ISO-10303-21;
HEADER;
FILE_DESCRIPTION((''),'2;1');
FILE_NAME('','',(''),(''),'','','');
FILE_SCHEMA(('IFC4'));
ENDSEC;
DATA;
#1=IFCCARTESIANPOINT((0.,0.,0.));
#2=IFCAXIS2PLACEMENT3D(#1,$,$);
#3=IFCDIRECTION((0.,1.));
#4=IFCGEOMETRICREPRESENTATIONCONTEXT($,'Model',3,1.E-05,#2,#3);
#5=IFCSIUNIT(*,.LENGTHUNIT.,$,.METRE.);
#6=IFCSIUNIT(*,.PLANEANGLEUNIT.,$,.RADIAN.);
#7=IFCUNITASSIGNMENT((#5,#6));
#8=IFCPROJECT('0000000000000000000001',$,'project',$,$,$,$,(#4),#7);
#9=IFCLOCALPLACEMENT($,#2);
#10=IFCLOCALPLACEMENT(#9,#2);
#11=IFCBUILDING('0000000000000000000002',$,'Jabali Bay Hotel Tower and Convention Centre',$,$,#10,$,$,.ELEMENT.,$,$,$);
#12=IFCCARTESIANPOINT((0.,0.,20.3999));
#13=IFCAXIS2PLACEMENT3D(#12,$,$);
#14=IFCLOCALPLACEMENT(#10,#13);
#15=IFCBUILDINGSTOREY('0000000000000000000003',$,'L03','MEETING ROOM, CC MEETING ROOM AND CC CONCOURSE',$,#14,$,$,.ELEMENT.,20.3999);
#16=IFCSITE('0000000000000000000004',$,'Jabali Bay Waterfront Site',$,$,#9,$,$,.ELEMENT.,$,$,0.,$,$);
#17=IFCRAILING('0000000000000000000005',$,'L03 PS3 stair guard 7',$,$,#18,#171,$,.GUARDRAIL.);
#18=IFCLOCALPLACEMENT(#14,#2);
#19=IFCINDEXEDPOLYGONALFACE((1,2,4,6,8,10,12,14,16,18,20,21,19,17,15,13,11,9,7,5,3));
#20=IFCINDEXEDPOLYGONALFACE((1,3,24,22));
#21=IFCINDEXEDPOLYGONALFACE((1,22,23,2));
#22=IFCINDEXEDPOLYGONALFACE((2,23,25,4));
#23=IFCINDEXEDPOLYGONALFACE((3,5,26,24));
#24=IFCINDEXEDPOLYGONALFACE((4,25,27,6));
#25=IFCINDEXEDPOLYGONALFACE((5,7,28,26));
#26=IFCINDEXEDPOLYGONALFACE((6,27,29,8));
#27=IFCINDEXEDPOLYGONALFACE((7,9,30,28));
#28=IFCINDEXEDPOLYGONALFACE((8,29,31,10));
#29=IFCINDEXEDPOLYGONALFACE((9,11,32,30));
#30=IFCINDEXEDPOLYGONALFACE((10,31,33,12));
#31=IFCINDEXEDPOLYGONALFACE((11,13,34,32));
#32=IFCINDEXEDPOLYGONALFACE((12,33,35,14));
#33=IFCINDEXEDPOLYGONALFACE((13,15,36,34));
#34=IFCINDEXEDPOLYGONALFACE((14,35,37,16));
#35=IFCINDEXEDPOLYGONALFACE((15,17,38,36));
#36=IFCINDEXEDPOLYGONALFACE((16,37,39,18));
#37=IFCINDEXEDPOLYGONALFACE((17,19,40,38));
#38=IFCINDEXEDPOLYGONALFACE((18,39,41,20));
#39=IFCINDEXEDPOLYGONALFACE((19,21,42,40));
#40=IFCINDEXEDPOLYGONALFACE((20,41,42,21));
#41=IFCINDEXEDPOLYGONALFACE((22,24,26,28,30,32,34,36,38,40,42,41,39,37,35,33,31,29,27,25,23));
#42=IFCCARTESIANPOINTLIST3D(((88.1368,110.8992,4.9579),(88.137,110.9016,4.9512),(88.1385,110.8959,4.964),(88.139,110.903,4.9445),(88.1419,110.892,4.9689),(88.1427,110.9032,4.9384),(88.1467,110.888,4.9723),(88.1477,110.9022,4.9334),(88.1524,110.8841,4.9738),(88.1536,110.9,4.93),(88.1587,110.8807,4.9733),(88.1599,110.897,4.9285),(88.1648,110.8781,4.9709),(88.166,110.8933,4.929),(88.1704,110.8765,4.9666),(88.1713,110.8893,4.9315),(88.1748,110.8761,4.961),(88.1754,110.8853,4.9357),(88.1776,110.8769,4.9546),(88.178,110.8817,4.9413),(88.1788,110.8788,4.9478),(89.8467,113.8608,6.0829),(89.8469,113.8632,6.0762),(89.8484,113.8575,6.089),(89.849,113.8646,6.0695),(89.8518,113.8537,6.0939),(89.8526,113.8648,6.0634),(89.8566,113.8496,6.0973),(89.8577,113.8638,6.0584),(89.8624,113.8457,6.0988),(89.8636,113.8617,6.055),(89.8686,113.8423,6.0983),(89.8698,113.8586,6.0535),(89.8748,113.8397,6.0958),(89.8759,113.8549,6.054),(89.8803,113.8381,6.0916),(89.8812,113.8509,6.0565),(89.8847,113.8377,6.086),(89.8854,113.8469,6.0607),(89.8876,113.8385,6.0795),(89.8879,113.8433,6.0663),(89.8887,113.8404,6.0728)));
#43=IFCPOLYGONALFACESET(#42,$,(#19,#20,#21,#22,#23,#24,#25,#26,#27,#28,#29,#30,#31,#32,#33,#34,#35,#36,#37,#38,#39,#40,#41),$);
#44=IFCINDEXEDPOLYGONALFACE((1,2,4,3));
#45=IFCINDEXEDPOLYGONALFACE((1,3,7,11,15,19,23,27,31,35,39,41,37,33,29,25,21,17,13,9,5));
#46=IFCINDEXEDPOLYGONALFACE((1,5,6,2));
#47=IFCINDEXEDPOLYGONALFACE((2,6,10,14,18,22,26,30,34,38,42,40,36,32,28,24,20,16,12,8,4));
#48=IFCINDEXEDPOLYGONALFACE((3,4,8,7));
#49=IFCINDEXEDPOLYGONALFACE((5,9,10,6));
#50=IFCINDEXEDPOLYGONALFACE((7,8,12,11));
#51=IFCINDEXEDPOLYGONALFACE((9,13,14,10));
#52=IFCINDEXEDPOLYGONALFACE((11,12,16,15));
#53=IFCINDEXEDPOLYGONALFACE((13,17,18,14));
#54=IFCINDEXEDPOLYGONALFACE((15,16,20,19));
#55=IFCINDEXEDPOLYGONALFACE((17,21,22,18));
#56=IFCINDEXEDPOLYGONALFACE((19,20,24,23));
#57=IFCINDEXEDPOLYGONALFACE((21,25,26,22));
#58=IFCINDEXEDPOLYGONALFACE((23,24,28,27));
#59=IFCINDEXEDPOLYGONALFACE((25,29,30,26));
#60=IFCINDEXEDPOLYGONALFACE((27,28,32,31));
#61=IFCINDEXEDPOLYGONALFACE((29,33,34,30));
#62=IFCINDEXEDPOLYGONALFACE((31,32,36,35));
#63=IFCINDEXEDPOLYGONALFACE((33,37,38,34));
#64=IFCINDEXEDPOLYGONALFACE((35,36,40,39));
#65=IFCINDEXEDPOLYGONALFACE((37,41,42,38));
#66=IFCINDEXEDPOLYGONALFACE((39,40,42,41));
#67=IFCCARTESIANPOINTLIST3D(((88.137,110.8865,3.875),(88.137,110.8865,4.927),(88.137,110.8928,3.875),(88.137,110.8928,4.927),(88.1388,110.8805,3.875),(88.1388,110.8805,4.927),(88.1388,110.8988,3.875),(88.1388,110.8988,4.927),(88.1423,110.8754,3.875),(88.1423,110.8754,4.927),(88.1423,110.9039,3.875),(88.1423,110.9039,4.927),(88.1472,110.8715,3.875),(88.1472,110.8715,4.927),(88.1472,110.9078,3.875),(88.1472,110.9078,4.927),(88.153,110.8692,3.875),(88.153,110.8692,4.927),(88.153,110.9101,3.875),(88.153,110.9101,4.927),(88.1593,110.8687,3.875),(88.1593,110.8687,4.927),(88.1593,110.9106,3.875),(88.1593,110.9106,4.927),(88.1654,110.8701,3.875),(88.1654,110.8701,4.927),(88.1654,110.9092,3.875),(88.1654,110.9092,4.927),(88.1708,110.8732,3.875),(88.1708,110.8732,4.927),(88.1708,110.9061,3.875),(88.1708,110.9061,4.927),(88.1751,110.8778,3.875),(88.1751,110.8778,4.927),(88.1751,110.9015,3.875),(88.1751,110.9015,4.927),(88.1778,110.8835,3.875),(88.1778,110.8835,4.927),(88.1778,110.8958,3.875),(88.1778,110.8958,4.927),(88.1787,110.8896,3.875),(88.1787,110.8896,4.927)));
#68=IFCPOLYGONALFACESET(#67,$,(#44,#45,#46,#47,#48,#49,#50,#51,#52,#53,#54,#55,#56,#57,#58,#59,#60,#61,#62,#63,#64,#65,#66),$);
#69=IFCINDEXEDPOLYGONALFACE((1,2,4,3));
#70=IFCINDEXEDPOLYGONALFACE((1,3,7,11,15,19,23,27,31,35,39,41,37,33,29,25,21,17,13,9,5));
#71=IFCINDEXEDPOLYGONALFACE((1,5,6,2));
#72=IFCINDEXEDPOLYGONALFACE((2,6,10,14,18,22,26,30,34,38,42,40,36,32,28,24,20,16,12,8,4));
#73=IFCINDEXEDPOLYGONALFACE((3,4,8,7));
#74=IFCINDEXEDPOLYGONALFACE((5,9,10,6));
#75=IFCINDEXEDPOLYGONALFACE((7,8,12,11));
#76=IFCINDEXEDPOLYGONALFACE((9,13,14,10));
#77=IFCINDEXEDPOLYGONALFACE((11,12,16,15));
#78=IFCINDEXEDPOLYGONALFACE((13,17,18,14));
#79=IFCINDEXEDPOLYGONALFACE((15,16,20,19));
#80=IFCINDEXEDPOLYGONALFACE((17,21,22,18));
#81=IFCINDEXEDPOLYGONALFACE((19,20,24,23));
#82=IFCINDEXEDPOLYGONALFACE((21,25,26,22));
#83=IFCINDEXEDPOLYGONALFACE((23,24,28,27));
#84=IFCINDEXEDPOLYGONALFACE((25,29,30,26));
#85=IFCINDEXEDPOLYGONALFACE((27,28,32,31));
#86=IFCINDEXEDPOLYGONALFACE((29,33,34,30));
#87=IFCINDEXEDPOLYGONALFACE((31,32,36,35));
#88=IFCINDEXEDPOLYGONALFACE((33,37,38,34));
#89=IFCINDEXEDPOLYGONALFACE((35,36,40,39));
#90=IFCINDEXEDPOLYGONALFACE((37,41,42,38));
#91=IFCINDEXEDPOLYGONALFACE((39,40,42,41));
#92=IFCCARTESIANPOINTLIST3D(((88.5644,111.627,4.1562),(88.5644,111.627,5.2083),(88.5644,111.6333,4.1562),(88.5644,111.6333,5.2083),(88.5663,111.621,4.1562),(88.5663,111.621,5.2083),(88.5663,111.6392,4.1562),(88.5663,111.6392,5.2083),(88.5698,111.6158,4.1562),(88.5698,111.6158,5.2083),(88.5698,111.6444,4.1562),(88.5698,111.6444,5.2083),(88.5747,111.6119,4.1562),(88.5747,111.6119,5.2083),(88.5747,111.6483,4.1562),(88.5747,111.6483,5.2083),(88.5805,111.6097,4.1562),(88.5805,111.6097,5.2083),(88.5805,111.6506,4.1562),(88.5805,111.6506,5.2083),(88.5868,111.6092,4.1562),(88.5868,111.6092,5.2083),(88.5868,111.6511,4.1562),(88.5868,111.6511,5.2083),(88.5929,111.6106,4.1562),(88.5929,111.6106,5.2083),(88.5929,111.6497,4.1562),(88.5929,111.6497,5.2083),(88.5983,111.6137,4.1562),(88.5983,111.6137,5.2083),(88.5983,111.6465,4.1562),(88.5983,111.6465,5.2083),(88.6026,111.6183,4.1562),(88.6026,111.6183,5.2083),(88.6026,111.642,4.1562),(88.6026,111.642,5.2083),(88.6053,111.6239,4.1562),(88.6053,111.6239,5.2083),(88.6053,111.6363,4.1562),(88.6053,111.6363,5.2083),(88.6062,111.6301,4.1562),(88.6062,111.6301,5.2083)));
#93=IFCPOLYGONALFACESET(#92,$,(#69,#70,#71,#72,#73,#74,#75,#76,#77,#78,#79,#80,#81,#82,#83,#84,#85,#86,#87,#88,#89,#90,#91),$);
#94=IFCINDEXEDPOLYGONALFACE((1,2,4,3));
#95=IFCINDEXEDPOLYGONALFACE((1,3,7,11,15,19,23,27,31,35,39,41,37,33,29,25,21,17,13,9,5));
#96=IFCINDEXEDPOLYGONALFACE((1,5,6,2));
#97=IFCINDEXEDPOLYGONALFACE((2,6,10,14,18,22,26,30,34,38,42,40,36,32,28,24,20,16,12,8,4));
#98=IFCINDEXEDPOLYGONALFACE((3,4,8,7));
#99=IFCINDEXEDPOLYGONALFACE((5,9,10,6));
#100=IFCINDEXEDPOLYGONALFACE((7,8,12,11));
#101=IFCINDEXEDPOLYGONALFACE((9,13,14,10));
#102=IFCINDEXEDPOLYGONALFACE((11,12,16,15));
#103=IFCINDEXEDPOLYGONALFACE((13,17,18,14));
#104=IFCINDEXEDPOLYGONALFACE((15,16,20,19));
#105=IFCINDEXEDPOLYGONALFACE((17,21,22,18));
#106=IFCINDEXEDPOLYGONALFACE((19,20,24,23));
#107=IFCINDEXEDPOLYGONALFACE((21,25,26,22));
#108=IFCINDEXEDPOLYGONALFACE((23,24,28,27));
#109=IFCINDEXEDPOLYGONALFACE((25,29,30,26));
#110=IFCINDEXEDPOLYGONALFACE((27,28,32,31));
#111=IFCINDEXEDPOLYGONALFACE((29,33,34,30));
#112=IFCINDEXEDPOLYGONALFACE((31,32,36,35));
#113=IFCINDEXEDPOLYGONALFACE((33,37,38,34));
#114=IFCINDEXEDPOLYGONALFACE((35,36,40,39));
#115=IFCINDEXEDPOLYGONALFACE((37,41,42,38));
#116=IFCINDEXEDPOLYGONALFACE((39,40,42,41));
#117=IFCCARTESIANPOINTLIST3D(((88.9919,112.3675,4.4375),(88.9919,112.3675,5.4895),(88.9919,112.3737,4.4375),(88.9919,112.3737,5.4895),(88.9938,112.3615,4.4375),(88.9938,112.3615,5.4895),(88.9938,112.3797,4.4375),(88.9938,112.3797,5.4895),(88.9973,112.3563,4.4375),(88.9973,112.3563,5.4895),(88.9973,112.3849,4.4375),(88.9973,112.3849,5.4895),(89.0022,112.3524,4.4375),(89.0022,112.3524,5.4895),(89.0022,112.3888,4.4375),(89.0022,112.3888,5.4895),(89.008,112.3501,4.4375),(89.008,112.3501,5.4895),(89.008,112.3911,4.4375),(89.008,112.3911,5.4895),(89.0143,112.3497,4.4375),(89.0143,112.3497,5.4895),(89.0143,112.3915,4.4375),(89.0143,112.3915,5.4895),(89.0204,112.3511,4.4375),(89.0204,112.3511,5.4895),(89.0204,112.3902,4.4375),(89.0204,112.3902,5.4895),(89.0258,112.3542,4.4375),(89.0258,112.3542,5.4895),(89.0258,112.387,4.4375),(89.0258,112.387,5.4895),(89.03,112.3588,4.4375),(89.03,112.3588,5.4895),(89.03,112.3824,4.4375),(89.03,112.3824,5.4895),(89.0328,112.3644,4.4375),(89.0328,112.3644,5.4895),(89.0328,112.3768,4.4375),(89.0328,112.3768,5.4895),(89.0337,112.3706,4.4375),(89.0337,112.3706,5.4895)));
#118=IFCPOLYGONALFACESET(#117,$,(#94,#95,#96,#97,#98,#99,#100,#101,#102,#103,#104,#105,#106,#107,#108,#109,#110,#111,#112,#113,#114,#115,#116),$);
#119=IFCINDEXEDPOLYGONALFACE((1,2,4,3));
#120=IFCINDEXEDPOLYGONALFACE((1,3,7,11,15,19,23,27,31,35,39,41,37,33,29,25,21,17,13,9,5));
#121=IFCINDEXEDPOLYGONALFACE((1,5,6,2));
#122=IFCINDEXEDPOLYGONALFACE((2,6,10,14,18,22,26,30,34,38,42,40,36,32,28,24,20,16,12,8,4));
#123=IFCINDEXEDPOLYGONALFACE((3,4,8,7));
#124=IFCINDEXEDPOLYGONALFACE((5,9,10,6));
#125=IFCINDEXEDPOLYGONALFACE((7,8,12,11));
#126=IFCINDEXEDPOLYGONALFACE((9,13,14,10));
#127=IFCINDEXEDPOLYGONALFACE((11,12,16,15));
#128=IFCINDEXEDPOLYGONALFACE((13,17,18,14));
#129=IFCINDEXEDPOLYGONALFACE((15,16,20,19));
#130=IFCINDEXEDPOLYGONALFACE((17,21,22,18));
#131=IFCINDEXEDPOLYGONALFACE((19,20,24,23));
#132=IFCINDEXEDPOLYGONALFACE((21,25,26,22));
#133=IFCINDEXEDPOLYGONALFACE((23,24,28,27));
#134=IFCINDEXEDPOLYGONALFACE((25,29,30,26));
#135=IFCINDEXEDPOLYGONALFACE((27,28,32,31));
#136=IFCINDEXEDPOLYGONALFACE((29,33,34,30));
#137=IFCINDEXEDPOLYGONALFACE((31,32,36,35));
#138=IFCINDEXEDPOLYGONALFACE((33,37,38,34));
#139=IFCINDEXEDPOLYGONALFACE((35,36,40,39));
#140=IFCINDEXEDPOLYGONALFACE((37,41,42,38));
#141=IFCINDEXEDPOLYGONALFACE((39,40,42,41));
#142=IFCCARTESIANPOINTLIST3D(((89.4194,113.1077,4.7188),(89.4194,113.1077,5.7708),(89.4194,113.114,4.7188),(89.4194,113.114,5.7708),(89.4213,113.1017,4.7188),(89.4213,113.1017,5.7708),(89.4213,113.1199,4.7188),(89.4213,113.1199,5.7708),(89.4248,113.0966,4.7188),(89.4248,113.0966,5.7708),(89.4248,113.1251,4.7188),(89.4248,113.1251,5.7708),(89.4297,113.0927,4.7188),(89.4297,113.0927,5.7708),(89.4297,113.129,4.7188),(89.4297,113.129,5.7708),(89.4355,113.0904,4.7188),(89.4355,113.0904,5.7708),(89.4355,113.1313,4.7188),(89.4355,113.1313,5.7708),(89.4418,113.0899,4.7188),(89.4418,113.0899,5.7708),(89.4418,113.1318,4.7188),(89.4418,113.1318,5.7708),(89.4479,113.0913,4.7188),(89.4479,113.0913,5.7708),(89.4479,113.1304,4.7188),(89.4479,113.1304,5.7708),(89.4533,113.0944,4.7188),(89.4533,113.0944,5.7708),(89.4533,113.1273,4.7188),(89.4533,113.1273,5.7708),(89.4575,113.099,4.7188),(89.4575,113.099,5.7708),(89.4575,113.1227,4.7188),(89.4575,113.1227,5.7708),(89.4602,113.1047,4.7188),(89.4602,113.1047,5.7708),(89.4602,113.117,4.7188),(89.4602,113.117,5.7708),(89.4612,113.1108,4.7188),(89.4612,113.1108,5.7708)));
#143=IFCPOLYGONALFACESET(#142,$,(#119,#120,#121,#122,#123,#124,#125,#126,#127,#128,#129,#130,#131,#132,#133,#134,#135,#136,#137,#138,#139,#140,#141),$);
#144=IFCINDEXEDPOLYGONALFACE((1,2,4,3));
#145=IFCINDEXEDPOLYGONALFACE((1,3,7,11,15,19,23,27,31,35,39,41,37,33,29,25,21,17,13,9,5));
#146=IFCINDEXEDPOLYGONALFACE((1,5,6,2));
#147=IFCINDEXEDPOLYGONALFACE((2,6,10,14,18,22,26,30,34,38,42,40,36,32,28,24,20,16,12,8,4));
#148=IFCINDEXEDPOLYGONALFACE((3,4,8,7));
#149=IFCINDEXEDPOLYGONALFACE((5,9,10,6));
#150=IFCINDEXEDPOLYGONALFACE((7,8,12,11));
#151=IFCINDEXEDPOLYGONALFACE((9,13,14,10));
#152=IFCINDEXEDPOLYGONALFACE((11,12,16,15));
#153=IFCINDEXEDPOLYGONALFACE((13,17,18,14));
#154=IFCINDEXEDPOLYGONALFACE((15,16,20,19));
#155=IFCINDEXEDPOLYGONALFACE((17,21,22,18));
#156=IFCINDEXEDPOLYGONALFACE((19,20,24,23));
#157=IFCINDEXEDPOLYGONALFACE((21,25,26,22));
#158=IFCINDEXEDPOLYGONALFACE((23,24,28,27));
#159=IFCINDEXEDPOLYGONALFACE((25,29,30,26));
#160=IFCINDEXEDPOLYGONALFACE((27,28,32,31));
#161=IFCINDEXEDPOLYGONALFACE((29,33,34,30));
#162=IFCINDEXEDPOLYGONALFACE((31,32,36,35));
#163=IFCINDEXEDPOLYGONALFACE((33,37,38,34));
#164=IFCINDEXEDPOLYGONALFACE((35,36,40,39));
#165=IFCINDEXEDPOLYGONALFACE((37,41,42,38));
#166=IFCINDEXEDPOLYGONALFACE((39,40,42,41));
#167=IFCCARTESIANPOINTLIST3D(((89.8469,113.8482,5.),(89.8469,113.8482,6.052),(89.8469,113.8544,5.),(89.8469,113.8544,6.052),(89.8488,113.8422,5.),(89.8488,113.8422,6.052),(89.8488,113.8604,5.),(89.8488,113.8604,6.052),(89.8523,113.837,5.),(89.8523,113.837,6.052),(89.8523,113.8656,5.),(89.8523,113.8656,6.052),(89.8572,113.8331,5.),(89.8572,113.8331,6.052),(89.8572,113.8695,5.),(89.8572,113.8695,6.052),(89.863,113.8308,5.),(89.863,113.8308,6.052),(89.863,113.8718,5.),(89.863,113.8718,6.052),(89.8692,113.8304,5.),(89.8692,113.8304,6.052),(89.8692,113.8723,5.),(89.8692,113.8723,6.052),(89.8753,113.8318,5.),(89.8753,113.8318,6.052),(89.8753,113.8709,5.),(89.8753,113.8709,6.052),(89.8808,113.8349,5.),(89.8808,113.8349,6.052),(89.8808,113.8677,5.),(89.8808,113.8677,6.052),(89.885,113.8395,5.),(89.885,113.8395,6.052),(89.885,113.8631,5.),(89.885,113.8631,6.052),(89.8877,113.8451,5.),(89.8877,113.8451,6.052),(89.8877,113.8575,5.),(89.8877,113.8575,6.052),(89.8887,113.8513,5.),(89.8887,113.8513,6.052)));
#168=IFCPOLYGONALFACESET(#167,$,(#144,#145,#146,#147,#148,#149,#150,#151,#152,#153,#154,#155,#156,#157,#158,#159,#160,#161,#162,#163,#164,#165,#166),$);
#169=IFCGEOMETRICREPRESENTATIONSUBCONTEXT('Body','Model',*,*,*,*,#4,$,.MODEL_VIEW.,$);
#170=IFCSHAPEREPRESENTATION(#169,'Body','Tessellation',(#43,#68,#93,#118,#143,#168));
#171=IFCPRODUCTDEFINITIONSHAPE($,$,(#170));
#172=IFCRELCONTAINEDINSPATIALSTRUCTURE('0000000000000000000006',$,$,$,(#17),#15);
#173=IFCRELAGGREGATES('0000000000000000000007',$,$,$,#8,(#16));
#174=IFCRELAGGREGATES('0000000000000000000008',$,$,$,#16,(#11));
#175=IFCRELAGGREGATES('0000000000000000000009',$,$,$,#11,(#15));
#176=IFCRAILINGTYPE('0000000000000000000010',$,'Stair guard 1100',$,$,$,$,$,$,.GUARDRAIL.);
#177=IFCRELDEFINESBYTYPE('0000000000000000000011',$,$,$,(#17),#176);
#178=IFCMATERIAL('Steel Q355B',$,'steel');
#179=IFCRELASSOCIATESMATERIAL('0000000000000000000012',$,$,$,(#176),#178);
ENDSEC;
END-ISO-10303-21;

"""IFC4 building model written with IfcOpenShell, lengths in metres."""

from ifc_helpers import new_model, si_unit, direction, frame, origin, origin_2d, place, context, subcontext, project, spatial, circle, extrude, material, type_object, element, save


model = new_model("IFC4")

# Units and contexts
model_context = context("Model", 3, precision=1e-05, world=origin(), true_north=direction((0.0, 1.0)))
body_context = subcontext(model_context, "Body", "Model", "MODEL_VIEW")
ifc_project = project(units=[si_unit("LENGTHUNIT", "METRE"), si_unit("PLANEANGLEUNIT", "RADIAN")], contexts=[model_context])

# Site, building, storey
site_placement = place(None, origin())
site = spatial("IfcSite", under=ifc_project, at=site_placement, Name="Jabali Bay Waterfront Site", CompositionType="ELEMENT", RefElevation=0.0)
building_placement = place(site_placement, origin())
building = spatial("IfcBuilding", under=site, at=building_placement, Name="Jabali Bay Hotel Tower and Convention Centre", CompositionType="ELEMENT")
storey_placement = place(building_placement, frame((0.0, 0.0, 20.3999)))
storey = spatial("IfcBuildingStorey", under=building, at=storey_placement, Name="L03", Description="MEETING ROOM, CC MEETING ROOM AND CC CONCOURSE", CompositionType="ELEMENT", Elevation=20.3999)

# Railing
ifc_material_1 = material(Name="Steel Q355B", Category="steel")
railing_type_1 = type_object("IfcRailingType", Name="Stair guard 1100", PredefinedType="GUARDRAIL", material=ifc_material_1)
railing_1_placement = place(storey_placement, frame((88.1577, 110.8896, 3.875)))
element("IfcRailing", 1, at=railing_1_placement, inside=storey, type_object=railing_type_1, Name="L03 PS3 stair guard 7", PredefinedType="GUARDRAIL", context=body_context, shape_type="SweptSolid", body=[
    extrude(circle(Radius=0.0239, at=origin_2d()), frame((0.0, 0.0, 1.0762), z_axis=(0.474969, 0.822652, 0.312487), x_axis=(-0.86602, 0.500009, 0.0)), (0.0, 0.0, 1.0), 3.6001),
    extrude(circle(Radius=0.021, at=origin_2d()), origin(), (0.0, 0.0, 1.0), 1.052),
    extrude(circle(Radius=0.021, at=origin_2d()), frame((0.4275, 0.7405, 0.2812)), (0.0, 0.0, 1.0), 1.052),
    extrude(circle(Radius=0.021, at=origin_2d()), frame((0.855, 1.481, 0.5625)), (0.0, 0.0, 1.0), 1.052),
    extrude(circle(Radius=0.021, at=origin_2d()), frame((1.2825, 2.2212, 0.8438)), (0.0, 0.0, 1.0), 1.052),
    extrude(circle(Radius=0.021, at=origin_2d()), frame((1.71, 2.9617, 1.125)), (0.0, 0.0, 1.0), 1.052),
])

save(model, "model.ifc")
